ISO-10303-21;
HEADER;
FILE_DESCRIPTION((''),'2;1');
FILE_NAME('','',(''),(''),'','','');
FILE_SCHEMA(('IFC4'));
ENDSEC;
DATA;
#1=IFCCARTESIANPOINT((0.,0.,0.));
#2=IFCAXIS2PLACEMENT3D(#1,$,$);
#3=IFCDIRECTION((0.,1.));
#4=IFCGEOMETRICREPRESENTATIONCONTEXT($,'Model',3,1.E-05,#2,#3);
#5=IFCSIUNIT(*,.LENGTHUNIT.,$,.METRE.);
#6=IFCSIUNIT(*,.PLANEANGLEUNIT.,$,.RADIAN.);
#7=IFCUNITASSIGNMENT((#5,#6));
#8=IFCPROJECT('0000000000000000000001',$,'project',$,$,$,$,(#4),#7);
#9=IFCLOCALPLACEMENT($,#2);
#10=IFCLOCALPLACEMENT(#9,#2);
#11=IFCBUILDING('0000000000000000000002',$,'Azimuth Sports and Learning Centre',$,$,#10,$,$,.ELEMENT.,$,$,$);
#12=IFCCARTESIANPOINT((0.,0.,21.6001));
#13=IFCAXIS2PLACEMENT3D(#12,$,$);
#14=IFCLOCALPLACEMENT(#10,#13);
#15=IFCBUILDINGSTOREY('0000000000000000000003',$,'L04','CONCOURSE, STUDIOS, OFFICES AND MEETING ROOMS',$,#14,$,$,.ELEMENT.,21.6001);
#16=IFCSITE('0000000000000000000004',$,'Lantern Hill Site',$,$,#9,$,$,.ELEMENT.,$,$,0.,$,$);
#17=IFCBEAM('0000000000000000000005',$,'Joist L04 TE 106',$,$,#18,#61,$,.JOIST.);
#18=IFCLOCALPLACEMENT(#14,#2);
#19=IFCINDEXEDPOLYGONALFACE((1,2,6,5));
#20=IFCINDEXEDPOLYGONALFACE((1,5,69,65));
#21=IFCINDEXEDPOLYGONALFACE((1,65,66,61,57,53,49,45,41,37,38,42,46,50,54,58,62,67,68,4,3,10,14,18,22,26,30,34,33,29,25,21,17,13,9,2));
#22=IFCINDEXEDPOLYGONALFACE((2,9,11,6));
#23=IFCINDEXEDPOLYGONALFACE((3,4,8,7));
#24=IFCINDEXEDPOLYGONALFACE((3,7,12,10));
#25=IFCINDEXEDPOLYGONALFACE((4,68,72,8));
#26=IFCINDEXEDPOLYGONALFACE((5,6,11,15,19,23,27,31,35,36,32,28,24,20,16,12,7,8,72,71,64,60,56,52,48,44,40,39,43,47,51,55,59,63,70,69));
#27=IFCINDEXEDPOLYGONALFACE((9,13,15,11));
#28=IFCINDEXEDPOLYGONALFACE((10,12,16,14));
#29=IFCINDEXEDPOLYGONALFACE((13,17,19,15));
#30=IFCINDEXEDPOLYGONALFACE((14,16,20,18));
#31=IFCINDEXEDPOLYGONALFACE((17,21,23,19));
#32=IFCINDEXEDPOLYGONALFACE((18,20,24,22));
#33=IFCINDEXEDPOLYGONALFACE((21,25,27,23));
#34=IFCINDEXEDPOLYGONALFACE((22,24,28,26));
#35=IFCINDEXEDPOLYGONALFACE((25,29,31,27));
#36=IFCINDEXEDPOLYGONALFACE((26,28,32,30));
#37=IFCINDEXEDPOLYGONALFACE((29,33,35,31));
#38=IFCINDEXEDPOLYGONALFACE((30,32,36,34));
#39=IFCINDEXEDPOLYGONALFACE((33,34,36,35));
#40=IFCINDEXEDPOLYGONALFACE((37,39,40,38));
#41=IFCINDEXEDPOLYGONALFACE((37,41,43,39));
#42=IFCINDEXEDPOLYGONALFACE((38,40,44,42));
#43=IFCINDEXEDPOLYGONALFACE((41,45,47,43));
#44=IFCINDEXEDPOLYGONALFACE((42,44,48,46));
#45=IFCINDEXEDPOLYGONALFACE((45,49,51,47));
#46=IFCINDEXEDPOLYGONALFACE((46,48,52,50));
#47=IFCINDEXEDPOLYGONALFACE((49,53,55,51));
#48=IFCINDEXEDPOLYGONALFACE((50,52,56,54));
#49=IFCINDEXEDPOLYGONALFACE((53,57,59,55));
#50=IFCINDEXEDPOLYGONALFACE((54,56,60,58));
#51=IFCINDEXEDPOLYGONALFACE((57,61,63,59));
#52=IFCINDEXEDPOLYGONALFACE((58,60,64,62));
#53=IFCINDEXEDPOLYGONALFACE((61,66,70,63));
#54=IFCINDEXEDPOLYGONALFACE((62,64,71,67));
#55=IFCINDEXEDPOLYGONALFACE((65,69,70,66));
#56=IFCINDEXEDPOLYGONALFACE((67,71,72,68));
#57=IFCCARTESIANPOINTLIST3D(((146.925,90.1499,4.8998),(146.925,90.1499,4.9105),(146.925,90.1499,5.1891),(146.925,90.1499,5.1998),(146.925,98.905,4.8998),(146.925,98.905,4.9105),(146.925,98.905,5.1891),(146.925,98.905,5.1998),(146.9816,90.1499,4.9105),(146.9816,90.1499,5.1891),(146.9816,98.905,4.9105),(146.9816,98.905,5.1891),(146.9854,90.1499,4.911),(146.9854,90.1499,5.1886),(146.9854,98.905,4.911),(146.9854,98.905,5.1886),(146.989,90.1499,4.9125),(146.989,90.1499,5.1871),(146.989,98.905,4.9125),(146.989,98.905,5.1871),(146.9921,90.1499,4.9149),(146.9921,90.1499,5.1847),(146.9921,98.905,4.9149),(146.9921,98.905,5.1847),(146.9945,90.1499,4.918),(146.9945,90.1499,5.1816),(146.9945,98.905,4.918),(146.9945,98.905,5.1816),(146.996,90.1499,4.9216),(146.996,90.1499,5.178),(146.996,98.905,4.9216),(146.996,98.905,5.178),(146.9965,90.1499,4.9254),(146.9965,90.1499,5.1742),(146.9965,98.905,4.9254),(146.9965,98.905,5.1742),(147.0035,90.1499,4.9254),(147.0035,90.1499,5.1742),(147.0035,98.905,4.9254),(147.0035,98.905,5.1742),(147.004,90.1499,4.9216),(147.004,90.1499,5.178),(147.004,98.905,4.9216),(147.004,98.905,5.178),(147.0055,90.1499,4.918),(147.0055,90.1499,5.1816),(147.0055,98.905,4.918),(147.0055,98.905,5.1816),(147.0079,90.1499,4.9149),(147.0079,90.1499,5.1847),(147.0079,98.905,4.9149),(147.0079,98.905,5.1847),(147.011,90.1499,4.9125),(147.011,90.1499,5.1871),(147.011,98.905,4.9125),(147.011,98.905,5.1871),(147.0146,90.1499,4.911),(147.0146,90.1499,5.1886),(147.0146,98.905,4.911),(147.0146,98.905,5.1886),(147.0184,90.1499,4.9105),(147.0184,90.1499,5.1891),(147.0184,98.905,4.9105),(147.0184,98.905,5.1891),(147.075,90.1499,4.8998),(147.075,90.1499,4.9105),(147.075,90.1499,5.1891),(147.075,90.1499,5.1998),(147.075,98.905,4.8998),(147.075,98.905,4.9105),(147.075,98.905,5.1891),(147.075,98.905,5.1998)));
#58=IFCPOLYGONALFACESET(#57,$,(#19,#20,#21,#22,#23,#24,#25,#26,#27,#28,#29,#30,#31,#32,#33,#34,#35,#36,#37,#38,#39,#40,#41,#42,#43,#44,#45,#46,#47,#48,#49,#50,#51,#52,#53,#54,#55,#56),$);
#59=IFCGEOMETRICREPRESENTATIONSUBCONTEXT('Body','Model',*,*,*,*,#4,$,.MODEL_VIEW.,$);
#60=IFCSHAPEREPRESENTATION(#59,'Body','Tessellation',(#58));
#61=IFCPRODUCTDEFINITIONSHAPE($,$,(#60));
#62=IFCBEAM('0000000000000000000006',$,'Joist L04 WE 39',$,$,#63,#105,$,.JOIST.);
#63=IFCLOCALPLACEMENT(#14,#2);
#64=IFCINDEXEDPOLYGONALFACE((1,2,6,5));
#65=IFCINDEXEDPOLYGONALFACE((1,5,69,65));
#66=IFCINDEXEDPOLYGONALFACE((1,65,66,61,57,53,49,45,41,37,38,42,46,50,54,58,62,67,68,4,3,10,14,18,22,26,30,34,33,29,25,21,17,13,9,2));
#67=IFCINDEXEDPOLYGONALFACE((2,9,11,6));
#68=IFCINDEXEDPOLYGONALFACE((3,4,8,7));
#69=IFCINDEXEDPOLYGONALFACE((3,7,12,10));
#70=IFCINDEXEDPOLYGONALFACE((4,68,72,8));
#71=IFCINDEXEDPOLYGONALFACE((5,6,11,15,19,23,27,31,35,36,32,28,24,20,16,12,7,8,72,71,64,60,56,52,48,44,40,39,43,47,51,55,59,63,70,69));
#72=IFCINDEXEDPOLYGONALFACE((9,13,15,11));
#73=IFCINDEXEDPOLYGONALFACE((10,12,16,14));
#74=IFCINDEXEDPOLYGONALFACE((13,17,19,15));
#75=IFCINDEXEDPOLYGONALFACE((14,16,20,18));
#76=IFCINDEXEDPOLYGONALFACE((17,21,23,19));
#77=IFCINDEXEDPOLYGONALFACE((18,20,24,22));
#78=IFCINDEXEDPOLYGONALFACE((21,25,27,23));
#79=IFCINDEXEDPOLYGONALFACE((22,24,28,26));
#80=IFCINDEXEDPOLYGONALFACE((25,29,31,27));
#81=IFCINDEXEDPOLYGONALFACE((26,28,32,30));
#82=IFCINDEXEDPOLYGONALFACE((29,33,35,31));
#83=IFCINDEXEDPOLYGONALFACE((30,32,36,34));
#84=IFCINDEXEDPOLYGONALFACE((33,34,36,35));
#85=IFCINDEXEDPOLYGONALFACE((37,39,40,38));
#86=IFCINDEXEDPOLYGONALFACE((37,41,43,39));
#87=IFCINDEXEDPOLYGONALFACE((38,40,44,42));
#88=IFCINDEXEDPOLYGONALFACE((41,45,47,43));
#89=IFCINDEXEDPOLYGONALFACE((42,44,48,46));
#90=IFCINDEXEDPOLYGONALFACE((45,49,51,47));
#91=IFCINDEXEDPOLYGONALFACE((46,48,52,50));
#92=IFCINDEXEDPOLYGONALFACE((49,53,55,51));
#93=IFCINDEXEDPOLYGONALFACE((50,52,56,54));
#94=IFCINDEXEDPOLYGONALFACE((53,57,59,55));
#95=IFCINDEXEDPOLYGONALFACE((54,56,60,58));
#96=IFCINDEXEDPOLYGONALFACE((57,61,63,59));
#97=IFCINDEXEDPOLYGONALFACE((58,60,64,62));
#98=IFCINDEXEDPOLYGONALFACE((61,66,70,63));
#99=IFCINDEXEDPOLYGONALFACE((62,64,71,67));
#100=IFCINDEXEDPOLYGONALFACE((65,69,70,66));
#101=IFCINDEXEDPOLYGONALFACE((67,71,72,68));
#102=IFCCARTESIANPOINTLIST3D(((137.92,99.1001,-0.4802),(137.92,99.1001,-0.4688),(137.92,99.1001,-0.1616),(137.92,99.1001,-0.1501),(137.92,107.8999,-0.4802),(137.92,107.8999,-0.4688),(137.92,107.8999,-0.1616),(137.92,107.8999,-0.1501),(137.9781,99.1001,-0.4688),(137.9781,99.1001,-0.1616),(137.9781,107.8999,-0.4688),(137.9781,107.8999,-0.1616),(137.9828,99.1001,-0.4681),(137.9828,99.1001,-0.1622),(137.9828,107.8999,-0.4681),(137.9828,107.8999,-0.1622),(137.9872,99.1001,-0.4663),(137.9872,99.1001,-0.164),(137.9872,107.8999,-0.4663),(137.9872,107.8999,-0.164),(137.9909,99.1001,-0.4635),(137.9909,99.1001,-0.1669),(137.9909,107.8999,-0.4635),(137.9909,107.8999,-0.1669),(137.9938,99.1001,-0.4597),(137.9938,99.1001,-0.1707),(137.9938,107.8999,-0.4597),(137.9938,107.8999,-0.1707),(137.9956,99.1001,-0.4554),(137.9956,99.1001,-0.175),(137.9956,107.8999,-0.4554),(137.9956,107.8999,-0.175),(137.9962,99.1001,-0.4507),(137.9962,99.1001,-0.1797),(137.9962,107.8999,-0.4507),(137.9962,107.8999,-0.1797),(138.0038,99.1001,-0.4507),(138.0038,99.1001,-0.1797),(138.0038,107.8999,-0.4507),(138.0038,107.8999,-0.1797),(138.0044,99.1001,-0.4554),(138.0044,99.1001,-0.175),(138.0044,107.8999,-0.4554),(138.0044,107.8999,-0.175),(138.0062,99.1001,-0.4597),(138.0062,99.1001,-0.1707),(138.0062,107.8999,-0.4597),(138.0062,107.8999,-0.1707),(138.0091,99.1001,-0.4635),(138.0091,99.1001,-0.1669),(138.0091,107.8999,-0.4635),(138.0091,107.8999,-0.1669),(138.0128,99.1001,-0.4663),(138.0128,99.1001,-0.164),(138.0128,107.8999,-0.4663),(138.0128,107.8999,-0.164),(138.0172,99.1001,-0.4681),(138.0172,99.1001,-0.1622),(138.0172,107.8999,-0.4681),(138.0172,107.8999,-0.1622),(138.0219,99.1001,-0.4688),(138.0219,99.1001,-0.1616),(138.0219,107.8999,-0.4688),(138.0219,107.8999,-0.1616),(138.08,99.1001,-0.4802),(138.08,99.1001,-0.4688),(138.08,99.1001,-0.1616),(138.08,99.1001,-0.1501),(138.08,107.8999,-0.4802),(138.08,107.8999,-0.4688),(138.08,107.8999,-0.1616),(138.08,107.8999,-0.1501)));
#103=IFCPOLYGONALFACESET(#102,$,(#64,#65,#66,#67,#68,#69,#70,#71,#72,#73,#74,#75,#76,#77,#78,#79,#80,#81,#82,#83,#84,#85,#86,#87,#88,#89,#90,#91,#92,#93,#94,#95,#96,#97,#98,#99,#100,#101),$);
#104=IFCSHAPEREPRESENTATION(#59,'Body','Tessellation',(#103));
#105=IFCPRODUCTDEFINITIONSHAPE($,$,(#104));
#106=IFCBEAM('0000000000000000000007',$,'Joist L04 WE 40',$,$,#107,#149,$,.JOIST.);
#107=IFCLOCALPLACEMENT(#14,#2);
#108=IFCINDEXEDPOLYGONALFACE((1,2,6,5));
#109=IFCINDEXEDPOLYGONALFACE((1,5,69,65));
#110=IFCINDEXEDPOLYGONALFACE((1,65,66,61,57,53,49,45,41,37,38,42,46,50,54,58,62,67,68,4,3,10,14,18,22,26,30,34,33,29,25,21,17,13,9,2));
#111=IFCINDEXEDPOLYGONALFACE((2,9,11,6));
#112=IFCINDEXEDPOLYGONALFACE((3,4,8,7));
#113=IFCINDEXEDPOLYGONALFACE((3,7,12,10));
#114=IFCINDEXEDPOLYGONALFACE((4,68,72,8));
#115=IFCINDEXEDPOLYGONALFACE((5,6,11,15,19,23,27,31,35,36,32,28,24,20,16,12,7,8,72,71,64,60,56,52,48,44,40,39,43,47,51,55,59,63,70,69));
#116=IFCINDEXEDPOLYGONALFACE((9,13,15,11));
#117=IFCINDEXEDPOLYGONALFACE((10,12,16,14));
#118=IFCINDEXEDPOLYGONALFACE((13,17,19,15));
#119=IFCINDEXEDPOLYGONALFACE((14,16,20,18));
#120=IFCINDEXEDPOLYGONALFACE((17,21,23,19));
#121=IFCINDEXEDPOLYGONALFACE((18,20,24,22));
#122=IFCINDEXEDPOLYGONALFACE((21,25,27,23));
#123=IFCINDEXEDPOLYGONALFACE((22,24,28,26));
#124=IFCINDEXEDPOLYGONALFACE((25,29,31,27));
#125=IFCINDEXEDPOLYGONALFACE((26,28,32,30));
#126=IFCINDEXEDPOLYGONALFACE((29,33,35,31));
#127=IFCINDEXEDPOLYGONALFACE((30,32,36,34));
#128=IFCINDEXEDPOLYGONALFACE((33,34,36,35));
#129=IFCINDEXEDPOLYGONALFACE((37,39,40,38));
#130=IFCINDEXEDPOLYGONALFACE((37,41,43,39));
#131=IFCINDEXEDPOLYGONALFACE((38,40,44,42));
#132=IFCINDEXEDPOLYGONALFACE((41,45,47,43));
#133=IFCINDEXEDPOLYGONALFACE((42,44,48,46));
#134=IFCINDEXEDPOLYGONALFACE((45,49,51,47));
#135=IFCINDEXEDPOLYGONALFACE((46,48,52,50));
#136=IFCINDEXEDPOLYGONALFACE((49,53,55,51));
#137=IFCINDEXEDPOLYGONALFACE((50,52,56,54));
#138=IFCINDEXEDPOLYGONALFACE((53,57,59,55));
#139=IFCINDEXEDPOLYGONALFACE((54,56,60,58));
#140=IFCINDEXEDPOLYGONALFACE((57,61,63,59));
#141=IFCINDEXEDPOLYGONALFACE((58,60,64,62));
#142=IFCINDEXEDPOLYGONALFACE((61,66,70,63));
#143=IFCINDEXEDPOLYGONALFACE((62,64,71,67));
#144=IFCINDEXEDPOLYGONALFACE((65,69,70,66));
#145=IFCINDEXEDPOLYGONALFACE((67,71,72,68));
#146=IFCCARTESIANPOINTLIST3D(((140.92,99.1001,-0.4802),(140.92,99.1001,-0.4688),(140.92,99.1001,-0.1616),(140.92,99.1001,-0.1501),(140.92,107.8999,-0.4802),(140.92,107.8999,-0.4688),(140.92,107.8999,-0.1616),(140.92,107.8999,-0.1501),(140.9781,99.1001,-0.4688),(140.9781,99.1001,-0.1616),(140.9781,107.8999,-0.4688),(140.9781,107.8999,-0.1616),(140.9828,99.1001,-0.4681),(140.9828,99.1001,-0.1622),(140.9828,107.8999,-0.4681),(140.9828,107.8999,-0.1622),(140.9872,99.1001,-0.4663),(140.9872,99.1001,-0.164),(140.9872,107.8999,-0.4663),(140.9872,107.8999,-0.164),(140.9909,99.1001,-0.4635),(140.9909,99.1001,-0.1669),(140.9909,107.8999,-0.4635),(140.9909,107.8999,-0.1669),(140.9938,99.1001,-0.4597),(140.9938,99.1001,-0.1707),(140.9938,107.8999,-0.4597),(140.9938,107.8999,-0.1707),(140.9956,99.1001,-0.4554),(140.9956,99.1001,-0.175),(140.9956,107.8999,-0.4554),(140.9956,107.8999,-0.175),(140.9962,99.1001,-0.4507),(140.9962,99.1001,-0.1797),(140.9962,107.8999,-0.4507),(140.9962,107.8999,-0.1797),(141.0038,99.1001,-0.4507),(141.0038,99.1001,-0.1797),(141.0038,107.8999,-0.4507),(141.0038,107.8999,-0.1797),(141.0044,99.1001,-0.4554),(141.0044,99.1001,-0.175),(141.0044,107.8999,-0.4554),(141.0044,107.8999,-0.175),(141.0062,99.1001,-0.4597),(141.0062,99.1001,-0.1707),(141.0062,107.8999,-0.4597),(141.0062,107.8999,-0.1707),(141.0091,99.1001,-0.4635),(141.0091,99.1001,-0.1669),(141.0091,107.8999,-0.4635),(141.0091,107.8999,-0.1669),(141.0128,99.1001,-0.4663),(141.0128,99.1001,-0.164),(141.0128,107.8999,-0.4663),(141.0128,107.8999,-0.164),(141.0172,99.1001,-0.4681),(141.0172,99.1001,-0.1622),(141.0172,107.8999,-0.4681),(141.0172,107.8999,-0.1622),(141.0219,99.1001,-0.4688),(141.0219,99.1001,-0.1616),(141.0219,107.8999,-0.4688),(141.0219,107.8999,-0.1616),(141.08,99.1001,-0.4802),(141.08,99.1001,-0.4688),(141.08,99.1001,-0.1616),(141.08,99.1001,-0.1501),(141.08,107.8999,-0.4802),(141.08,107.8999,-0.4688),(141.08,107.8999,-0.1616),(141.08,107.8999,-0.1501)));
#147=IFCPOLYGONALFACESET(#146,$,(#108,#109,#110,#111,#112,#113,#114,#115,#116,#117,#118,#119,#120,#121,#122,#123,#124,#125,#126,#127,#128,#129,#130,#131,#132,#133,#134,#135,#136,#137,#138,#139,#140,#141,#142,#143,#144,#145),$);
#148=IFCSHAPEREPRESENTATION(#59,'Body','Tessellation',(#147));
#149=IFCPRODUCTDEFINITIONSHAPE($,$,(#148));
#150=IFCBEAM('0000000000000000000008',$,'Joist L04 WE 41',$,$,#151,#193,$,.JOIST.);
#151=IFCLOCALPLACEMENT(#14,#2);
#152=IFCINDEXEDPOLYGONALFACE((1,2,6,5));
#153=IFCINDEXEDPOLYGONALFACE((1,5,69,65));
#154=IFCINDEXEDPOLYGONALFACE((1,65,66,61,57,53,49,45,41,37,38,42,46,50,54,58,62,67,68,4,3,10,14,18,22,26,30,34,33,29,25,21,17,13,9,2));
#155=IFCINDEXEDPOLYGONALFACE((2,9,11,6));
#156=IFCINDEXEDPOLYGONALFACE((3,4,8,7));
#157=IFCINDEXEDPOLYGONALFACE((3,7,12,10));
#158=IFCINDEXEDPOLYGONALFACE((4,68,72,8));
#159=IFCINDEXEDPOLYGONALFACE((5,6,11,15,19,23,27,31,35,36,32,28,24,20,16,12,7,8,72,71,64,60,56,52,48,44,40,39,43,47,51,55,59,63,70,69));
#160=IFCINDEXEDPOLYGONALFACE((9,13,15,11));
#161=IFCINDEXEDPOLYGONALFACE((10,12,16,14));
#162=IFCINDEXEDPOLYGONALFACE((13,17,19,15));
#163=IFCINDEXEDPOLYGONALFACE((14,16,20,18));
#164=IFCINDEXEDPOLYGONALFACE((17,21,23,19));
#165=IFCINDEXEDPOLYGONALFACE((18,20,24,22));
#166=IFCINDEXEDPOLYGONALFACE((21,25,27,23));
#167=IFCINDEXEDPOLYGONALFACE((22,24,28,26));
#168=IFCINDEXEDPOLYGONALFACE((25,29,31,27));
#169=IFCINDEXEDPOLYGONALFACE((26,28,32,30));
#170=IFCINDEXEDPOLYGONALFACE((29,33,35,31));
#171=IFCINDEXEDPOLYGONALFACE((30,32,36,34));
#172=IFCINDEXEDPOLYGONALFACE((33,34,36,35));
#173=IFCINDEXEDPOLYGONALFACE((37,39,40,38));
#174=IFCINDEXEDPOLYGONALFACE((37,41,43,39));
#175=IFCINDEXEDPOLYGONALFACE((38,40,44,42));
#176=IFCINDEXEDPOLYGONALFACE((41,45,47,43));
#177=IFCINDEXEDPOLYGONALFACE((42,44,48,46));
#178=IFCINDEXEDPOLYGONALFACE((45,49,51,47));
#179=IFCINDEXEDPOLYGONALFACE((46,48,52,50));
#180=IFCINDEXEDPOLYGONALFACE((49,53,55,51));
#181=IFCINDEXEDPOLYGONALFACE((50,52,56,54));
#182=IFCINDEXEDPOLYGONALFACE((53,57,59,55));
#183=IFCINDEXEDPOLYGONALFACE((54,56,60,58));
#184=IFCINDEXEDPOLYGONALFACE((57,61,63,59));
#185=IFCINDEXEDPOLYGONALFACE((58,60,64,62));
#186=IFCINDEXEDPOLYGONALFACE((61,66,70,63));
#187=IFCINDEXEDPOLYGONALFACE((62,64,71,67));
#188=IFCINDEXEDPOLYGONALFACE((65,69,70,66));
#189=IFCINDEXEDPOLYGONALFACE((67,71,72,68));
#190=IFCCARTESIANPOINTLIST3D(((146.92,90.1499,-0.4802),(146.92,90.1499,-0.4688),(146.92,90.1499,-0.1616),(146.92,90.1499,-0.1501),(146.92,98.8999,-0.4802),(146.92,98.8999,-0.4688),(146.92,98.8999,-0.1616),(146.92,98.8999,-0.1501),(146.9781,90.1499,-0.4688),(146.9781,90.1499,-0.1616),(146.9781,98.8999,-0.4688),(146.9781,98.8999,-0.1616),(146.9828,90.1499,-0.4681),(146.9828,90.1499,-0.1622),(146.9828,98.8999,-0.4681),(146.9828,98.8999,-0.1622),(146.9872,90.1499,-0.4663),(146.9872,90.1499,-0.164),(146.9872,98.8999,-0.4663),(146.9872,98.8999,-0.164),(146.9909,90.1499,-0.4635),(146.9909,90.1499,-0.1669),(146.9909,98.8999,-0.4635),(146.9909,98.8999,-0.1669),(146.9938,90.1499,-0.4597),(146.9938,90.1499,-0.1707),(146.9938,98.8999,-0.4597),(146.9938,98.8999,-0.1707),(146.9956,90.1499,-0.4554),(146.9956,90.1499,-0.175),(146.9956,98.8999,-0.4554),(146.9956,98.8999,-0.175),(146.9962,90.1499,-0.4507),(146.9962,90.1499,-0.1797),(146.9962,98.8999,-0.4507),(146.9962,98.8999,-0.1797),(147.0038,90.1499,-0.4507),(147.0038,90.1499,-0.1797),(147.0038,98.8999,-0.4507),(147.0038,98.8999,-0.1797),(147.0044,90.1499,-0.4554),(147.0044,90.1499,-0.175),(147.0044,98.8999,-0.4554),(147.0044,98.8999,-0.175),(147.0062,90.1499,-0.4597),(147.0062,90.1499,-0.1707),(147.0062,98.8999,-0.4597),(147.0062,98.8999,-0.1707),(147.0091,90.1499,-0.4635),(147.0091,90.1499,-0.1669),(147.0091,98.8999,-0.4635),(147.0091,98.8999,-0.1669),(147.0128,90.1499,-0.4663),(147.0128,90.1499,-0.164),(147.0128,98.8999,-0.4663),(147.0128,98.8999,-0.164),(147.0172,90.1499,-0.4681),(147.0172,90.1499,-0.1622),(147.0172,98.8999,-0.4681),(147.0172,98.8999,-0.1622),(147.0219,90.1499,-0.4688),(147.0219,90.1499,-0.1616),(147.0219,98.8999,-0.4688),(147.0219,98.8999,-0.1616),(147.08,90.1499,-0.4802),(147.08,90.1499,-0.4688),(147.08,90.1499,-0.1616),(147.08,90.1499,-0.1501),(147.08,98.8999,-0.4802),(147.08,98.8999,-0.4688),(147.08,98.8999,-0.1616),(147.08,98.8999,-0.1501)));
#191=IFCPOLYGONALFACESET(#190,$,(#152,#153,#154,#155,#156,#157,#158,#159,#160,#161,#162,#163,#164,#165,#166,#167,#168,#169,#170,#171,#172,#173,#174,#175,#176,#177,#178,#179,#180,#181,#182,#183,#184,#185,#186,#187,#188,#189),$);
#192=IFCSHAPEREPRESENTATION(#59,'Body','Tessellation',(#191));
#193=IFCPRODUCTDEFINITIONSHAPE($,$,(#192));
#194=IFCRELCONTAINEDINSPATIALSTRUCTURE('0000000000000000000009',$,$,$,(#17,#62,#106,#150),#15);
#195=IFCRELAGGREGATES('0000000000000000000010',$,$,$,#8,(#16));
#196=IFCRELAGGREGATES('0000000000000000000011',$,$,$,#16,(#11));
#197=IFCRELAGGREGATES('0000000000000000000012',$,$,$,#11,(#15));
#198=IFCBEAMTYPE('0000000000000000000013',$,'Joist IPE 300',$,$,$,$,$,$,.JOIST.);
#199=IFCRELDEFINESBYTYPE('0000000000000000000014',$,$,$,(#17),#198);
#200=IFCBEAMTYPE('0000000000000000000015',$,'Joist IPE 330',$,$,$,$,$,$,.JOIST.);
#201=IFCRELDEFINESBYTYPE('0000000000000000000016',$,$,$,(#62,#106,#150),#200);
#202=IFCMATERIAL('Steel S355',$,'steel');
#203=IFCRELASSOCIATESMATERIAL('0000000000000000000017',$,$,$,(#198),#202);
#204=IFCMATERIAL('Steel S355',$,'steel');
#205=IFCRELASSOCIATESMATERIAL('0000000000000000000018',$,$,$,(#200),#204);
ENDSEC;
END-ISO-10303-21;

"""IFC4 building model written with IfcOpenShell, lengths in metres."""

from ifc_helpers import new_model, si_unit, direction, frame, origin, origin_2d, place, context, subcontext, project, spatial, i_section, extrude, material, material_profile, profile_set, type_object, element, save


model = new_model("IFC4")

# Units and contexts
model_context = context("Model", 3, precision=1e-05, world=origin(), true_north=direction((0.0, 1.0)))
body_context = subcontext(model_context, "Body", "Model", "MODEL_VIEW")
ifc_project = project(units=[si_unit("LENGTHUNIT", "METRE"), si_unit("PLANEANGLEUNIT", "RADIAN")], contexts=[model_context])

# Site, building, storey
site_placement = place(None, origin())
site = spatial("IfcSite", under=ifc_project, at=site_placement, Name="Lantern Hill Site", CompositionType="ELEMENT", RefElevation=0.0)
building_placement = place(site_placement, origin())
building = spatial("IfcBuilding", under=site, at=building_placement, Name="Azimuth Sports and Learning Centre", CompositionType="ELEMENT")
storey_placement = place(building_placement, frame((0.0, 0.0, 21.6001)))
storey = spatial("IfcBuildingStorey", under=building, at=storey_placement, Name="L04", Description="CONCOURSE, STUDIOS, OFFICES AND MEETING ROOMS", CompositionType="ELEMENT", Elevation=21.6001)

# Beams
ifc_material_1 = material(Name="Steel S355", Category="steel")
ifc_material_profile_1 = material_profile(ifc_material_1, i_section(OverallWidth=0.1499, OverallDepth=0.3, WebThickness=0.0071, FlangeThickness=0.0107, FilletRadius=0.0149, at=origin_2d()), Name="IPE 300")
ifc_profile_set_1 = profile_set([ifc_material_profile_1], Name="Steel S355")
beam_type_1 = type_object("IfcBeamType", Name="Joist IPE 300", PredefinedType="JOIST", material=ifc_profile_set_1)
beam_1_placement = place(storey_placement, frame((147.0, 90.1499, 5.0498), z_axis=(0.0, 1.0, 0.0), x_axis=(-1.0, 0.0, 0.0)))
element("IfcBeam", 1, at=beam_1_placement, inside=storey, type_object=beam_type_1, Name="Joist L04 TE 106", PredefinedType="JOIST", context=body_context, shape_type="SweptSolid", body=[
    extrude(i_section(OverallWidth=0.1499, OverallDepth=0.3, WebThickness=0.0071, FlangeThickness=0.0107, FilletRadius=0.0149, at=origin_2d()), origin(), (0.0, 0.0, 1.0), 8.7551),
])
ifc_material_2 = material(Name="Steel S355", Category="steel")
ifc_material_profile_2 = material_profile(ifc_material_2, i_section(OverallWidth=0.1599, OverallDepth=0.3301, WebThickness=0.0076, FlangeThickness=0.0115, FilletRadius=0.0181, at=origin_2d()), Name="IPE 330")
ifc_profile_set_2 = profile_set([ifc_material_profile_2], Name="Steel S355")
beam_type_2 = type_object("IfcBeamType", Name="Joist IPE 330", PredefinedType="JOIST", material=ifc_profile_set_2)
for number, where, z_axis, x_axis, name in (
    (2, (138.0, 99.1001, -0.3152), (0.0, 1.0, 0.0), (-1.0, 0.0, 0.0), "Joist L04 WE 39"),
    (3, (141.0, 99.1001, -0.3152), (0.0, 1.0, 0.0), (-1.0, 0.0, 0.0), "Joist L04 WE 40"),
):
    element("IfcBeam", number, at=place(storey_placement, frame(where, z_axis=z_axis, x_axis=x_axis)), inside=storey, type_object=beam_type_2, Name=name, PredefinedType="JOIST", context=body_context, shape_type="SweptSolid", body=[
        extrude(i_section(OverallWidth=0.1599, OverallDepth=0.3301, WebThickness=0.0076, FlangeThickness=0.0115, FilletRadius=0.0181, at=origin_2d()), origin(), (0.0, 0.0, 1.0), 8.7998),
    ])
beam_2_placement = place(storey_placement, frame((147.0, 90.1499, -0.3152), z_axis=(0.0, 1.0, 0.0), x_axis=(-1.0, 0.0, 0.0)))
element("IfcBeam", 4, at=beam_2_placement, inside=storey, type_object=beam_type_2, Name="Joist L04 WE 41", PredefinedType="JOIST", context=body_context, shape_type="SweptSolid", body=[
    extrude(i_section(OverallWidth=0.1599, OverallDepth=0.3301, WebThickness=0.0076, FlangeThickness=0.0115, FilletRadius=0.0181, at=origin_2d()), origin(), (0.0, 0.0, 1.0), 8.75),
])

save(model, "model.ifc")
